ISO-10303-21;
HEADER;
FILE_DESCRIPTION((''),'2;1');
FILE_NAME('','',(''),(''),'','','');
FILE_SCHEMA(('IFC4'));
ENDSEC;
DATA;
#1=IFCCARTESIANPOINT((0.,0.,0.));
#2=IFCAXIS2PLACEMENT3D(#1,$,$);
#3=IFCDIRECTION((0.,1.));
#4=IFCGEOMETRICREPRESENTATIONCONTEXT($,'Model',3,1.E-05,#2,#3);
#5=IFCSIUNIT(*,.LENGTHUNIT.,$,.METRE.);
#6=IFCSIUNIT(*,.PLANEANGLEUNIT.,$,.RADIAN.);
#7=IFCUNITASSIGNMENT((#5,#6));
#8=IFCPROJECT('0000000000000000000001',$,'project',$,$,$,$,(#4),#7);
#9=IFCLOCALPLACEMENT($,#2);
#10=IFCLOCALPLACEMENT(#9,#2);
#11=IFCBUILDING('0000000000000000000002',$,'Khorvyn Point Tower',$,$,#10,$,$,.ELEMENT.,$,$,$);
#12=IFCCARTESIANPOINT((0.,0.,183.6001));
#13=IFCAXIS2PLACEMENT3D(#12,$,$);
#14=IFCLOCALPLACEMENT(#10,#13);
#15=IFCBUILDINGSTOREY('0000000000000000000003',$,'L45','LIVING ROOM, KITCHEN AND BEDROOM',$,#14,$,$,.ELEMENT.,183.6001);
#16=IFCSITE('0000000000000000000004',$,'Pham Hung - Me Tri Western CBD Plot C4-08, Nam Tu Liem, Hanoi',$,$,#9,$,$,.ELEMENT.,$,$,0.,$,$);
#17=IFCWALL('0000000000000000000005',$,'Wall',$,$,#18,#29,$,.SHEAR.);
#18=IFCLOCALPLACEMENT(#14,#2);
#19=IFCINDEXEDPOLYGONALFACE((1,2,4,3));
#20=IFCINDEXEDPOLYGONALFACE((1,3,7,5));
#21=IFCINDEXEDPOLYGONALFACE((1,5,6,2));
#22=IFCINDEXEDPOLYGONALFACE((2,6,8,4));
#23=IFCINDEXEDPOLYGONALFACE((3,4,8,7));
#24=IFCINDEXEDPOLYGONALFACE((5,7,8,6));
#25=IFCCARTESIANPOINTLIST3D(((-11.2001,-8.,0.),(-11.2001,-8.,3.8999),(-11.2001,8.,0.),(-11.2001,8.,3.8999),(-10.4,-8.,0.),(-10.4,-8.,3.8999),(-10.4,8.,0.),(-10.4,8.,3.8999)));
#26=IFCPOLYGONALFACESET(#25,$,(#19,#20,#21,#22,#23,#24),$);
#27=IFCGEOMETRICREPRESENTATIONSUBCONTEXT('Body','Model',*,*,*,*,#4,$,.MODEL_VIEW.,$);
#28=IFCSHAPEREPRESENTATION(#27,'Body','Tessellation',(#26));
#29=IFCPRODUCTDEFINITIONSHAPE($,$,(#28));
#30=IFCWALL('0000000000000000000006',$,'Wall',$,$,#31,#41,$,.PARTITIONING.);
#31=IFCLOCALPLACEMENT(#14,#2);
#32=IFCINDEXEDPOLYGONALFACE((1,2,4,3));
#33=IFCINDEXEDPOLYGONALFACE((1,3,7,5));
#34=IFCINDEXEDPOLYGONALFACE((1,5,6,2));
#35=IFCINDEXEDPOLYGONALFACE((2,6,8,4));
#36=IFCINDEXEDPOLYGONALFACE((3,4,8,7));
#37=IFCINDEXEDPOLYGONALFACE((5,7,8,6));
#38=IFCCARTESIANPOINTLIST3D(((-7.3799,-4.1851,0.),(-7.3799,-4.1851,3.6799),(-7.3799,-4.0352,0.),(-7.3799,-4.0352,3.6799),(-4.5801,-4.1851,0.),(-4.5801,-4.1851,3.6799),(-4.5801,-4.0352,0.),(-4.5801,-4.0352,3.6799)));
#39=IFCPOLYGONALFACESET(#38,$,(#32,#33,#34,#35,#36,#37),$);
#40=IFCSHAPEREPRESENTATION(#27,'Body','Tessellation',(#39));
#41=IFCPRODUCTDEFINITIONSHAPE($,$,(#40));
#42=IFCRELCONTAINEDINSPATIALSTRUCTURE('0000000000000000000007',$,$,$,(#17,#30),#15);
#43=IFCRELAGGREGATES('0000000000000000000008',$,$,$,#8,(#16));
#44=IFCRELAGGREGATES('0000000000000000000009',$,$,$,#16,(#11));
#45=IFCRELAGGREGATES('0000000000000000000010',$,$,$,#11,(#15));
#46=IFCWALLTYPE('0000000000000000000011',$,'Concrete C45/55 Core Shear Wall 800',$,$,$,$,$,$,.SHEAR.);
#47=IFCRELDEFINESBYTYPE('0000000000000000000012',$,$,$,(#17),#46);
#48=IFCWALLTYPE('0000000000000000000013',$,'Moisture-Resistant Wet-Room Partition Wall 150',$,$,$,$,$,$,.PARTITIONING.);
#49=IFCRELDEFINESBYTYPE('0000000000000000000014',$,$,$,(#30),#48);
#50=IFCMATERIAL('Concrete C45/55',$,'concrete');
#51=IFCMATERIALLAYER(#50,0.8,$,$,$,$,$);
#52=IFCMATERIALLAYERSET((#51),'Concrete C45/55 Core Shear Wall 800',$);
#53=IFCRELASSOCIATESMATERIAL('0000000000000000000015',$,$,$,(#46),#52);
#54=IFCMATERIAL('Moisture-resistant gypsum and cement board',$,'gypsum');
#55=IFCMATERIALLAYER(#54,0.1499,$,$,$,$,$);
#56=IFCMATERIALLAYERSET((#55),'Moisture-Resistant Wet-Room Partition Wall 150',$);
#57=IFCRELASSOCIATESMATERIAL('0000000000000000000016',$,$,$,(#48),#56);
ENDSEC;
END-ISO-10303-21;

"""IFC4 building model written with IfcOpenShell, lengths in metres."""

from ifc_helpers import new_model, si_unit, direction, frame, frame_2d, origin, place, context, subcontext, project, spatial, rectangle, extrude, material, layer, layer_set, type_object, element, save


model = new_model("IFC4")

# Units and contexts
model_context = context("Model", 3, precision=1e-05, world=origin(), true_north=direction((0.0, 1.0)))
body_context = subcontext(model_context, "Body", "Model", "MODEL_VIEW")
ifc_project = project(units=[si_unit("LENGTHUNIT", "METRE"), si_unit("PLANEANGLEUNIT", "RADIAN")], contexts=[model_context])

# Site, building, storey
site_placement = place(None, origin())
site = spatial("IfcSite", under=ifc_project, at=site_placement, Name="Pham Hung - Me Tri Western CBD Plot C4-08, Nam Tu Liem, Hanoi", CompositionType="ELEMENT", RefElevation=0.0)
building_placement = place(site_placement, origin())
building = spatial("IfcBuilding", under=site, at=building_placement, Name="Khorvyn Point Tower", CompositionType="ELEMENT")
storey_placement = place(building_placement, frame((0.0, 0.0, 183.6001)))
storey = spatial("IfcBuildingStorey", under=building, at=storey_placement, Name="L45", Description="LIVING ROOM, KITCHEN AND BEDROOM", CompositionType="ELEMENT", Elevation=183.6001)

# Shared definitions
ifc_material_1 = material(Name="Concrete C45/55", Category="concrete")

# Walls
ifc_layer_1 = layer(ifc_material_1, 0.8)
ifc_layer_set_1 = layer_set([ifc_layer_1], Name="Concrete C45/55 Core Shear Wall 800")
wall_type_1 = type_object("IfcWallType", Name="Concrete C45/55 Core Shear Wall 800", PredefinedType="SHEAR", material=ifc_layer_set_1)
wall_1_placement = place(storey_placement, frame((-10.8, -8.0, 0.0), z_axis=(0.0, 0.0, 1.0), x_axis=(0.0, 1.0, 0.0)))
element("IfcWall", 1, at=wall_1_placement, inside=storey, type_object=wall_type_1, Name="Wall", PredefinedType="SHEAR", context=body_context, shape_type="SweptSolid", body=[
    extrude(rectangle(XDim=16.0, YDim=0.8, at=frame_2d((8.0, 0.0))), origin(), (0.0, 0.0, 1.0), 3.8999),
])
ifc_material_2 = material(Name="Moisture-resistant gypsum and cement board", Category="gypsum")
ifc_layer_2 = layer(ifc_material_2, 0.1499)
ifc_layer_set_2 = layer_set([ifc_layer_2], Name="Moisture-Resistant Wet-Room Partition Wall 150")
wall_type_2 = type_object("IfcWallType", Name="Moisture-Resistant Wet-Room Partition Wall 150", PredefinedType="PARTITIONING", material=ifc_layer_set_2)
wall_2_placement = place(storey_placement, frame((-7.3799, -4.1101, 0.0), z_axis=(0.0, 0.0, 1.0), x_axis=(1.0, 0.0, 0.0)))
element("IfcWall", 2, at=wall_2_placement, inside=storey, type_object=wall_type_2, Name="Wall", PredefinedType="PARTITIONING", context=body_context, shape_type="SweptSolid", body=[
    extrude(rectangle(XDim=2.7998, YDim=0.1499, at=frame_2d((1.3999, 0.0))), origin(), (0.0, 0.0, 1.0), 3.6799),
])

save(model, "model.ifc")
